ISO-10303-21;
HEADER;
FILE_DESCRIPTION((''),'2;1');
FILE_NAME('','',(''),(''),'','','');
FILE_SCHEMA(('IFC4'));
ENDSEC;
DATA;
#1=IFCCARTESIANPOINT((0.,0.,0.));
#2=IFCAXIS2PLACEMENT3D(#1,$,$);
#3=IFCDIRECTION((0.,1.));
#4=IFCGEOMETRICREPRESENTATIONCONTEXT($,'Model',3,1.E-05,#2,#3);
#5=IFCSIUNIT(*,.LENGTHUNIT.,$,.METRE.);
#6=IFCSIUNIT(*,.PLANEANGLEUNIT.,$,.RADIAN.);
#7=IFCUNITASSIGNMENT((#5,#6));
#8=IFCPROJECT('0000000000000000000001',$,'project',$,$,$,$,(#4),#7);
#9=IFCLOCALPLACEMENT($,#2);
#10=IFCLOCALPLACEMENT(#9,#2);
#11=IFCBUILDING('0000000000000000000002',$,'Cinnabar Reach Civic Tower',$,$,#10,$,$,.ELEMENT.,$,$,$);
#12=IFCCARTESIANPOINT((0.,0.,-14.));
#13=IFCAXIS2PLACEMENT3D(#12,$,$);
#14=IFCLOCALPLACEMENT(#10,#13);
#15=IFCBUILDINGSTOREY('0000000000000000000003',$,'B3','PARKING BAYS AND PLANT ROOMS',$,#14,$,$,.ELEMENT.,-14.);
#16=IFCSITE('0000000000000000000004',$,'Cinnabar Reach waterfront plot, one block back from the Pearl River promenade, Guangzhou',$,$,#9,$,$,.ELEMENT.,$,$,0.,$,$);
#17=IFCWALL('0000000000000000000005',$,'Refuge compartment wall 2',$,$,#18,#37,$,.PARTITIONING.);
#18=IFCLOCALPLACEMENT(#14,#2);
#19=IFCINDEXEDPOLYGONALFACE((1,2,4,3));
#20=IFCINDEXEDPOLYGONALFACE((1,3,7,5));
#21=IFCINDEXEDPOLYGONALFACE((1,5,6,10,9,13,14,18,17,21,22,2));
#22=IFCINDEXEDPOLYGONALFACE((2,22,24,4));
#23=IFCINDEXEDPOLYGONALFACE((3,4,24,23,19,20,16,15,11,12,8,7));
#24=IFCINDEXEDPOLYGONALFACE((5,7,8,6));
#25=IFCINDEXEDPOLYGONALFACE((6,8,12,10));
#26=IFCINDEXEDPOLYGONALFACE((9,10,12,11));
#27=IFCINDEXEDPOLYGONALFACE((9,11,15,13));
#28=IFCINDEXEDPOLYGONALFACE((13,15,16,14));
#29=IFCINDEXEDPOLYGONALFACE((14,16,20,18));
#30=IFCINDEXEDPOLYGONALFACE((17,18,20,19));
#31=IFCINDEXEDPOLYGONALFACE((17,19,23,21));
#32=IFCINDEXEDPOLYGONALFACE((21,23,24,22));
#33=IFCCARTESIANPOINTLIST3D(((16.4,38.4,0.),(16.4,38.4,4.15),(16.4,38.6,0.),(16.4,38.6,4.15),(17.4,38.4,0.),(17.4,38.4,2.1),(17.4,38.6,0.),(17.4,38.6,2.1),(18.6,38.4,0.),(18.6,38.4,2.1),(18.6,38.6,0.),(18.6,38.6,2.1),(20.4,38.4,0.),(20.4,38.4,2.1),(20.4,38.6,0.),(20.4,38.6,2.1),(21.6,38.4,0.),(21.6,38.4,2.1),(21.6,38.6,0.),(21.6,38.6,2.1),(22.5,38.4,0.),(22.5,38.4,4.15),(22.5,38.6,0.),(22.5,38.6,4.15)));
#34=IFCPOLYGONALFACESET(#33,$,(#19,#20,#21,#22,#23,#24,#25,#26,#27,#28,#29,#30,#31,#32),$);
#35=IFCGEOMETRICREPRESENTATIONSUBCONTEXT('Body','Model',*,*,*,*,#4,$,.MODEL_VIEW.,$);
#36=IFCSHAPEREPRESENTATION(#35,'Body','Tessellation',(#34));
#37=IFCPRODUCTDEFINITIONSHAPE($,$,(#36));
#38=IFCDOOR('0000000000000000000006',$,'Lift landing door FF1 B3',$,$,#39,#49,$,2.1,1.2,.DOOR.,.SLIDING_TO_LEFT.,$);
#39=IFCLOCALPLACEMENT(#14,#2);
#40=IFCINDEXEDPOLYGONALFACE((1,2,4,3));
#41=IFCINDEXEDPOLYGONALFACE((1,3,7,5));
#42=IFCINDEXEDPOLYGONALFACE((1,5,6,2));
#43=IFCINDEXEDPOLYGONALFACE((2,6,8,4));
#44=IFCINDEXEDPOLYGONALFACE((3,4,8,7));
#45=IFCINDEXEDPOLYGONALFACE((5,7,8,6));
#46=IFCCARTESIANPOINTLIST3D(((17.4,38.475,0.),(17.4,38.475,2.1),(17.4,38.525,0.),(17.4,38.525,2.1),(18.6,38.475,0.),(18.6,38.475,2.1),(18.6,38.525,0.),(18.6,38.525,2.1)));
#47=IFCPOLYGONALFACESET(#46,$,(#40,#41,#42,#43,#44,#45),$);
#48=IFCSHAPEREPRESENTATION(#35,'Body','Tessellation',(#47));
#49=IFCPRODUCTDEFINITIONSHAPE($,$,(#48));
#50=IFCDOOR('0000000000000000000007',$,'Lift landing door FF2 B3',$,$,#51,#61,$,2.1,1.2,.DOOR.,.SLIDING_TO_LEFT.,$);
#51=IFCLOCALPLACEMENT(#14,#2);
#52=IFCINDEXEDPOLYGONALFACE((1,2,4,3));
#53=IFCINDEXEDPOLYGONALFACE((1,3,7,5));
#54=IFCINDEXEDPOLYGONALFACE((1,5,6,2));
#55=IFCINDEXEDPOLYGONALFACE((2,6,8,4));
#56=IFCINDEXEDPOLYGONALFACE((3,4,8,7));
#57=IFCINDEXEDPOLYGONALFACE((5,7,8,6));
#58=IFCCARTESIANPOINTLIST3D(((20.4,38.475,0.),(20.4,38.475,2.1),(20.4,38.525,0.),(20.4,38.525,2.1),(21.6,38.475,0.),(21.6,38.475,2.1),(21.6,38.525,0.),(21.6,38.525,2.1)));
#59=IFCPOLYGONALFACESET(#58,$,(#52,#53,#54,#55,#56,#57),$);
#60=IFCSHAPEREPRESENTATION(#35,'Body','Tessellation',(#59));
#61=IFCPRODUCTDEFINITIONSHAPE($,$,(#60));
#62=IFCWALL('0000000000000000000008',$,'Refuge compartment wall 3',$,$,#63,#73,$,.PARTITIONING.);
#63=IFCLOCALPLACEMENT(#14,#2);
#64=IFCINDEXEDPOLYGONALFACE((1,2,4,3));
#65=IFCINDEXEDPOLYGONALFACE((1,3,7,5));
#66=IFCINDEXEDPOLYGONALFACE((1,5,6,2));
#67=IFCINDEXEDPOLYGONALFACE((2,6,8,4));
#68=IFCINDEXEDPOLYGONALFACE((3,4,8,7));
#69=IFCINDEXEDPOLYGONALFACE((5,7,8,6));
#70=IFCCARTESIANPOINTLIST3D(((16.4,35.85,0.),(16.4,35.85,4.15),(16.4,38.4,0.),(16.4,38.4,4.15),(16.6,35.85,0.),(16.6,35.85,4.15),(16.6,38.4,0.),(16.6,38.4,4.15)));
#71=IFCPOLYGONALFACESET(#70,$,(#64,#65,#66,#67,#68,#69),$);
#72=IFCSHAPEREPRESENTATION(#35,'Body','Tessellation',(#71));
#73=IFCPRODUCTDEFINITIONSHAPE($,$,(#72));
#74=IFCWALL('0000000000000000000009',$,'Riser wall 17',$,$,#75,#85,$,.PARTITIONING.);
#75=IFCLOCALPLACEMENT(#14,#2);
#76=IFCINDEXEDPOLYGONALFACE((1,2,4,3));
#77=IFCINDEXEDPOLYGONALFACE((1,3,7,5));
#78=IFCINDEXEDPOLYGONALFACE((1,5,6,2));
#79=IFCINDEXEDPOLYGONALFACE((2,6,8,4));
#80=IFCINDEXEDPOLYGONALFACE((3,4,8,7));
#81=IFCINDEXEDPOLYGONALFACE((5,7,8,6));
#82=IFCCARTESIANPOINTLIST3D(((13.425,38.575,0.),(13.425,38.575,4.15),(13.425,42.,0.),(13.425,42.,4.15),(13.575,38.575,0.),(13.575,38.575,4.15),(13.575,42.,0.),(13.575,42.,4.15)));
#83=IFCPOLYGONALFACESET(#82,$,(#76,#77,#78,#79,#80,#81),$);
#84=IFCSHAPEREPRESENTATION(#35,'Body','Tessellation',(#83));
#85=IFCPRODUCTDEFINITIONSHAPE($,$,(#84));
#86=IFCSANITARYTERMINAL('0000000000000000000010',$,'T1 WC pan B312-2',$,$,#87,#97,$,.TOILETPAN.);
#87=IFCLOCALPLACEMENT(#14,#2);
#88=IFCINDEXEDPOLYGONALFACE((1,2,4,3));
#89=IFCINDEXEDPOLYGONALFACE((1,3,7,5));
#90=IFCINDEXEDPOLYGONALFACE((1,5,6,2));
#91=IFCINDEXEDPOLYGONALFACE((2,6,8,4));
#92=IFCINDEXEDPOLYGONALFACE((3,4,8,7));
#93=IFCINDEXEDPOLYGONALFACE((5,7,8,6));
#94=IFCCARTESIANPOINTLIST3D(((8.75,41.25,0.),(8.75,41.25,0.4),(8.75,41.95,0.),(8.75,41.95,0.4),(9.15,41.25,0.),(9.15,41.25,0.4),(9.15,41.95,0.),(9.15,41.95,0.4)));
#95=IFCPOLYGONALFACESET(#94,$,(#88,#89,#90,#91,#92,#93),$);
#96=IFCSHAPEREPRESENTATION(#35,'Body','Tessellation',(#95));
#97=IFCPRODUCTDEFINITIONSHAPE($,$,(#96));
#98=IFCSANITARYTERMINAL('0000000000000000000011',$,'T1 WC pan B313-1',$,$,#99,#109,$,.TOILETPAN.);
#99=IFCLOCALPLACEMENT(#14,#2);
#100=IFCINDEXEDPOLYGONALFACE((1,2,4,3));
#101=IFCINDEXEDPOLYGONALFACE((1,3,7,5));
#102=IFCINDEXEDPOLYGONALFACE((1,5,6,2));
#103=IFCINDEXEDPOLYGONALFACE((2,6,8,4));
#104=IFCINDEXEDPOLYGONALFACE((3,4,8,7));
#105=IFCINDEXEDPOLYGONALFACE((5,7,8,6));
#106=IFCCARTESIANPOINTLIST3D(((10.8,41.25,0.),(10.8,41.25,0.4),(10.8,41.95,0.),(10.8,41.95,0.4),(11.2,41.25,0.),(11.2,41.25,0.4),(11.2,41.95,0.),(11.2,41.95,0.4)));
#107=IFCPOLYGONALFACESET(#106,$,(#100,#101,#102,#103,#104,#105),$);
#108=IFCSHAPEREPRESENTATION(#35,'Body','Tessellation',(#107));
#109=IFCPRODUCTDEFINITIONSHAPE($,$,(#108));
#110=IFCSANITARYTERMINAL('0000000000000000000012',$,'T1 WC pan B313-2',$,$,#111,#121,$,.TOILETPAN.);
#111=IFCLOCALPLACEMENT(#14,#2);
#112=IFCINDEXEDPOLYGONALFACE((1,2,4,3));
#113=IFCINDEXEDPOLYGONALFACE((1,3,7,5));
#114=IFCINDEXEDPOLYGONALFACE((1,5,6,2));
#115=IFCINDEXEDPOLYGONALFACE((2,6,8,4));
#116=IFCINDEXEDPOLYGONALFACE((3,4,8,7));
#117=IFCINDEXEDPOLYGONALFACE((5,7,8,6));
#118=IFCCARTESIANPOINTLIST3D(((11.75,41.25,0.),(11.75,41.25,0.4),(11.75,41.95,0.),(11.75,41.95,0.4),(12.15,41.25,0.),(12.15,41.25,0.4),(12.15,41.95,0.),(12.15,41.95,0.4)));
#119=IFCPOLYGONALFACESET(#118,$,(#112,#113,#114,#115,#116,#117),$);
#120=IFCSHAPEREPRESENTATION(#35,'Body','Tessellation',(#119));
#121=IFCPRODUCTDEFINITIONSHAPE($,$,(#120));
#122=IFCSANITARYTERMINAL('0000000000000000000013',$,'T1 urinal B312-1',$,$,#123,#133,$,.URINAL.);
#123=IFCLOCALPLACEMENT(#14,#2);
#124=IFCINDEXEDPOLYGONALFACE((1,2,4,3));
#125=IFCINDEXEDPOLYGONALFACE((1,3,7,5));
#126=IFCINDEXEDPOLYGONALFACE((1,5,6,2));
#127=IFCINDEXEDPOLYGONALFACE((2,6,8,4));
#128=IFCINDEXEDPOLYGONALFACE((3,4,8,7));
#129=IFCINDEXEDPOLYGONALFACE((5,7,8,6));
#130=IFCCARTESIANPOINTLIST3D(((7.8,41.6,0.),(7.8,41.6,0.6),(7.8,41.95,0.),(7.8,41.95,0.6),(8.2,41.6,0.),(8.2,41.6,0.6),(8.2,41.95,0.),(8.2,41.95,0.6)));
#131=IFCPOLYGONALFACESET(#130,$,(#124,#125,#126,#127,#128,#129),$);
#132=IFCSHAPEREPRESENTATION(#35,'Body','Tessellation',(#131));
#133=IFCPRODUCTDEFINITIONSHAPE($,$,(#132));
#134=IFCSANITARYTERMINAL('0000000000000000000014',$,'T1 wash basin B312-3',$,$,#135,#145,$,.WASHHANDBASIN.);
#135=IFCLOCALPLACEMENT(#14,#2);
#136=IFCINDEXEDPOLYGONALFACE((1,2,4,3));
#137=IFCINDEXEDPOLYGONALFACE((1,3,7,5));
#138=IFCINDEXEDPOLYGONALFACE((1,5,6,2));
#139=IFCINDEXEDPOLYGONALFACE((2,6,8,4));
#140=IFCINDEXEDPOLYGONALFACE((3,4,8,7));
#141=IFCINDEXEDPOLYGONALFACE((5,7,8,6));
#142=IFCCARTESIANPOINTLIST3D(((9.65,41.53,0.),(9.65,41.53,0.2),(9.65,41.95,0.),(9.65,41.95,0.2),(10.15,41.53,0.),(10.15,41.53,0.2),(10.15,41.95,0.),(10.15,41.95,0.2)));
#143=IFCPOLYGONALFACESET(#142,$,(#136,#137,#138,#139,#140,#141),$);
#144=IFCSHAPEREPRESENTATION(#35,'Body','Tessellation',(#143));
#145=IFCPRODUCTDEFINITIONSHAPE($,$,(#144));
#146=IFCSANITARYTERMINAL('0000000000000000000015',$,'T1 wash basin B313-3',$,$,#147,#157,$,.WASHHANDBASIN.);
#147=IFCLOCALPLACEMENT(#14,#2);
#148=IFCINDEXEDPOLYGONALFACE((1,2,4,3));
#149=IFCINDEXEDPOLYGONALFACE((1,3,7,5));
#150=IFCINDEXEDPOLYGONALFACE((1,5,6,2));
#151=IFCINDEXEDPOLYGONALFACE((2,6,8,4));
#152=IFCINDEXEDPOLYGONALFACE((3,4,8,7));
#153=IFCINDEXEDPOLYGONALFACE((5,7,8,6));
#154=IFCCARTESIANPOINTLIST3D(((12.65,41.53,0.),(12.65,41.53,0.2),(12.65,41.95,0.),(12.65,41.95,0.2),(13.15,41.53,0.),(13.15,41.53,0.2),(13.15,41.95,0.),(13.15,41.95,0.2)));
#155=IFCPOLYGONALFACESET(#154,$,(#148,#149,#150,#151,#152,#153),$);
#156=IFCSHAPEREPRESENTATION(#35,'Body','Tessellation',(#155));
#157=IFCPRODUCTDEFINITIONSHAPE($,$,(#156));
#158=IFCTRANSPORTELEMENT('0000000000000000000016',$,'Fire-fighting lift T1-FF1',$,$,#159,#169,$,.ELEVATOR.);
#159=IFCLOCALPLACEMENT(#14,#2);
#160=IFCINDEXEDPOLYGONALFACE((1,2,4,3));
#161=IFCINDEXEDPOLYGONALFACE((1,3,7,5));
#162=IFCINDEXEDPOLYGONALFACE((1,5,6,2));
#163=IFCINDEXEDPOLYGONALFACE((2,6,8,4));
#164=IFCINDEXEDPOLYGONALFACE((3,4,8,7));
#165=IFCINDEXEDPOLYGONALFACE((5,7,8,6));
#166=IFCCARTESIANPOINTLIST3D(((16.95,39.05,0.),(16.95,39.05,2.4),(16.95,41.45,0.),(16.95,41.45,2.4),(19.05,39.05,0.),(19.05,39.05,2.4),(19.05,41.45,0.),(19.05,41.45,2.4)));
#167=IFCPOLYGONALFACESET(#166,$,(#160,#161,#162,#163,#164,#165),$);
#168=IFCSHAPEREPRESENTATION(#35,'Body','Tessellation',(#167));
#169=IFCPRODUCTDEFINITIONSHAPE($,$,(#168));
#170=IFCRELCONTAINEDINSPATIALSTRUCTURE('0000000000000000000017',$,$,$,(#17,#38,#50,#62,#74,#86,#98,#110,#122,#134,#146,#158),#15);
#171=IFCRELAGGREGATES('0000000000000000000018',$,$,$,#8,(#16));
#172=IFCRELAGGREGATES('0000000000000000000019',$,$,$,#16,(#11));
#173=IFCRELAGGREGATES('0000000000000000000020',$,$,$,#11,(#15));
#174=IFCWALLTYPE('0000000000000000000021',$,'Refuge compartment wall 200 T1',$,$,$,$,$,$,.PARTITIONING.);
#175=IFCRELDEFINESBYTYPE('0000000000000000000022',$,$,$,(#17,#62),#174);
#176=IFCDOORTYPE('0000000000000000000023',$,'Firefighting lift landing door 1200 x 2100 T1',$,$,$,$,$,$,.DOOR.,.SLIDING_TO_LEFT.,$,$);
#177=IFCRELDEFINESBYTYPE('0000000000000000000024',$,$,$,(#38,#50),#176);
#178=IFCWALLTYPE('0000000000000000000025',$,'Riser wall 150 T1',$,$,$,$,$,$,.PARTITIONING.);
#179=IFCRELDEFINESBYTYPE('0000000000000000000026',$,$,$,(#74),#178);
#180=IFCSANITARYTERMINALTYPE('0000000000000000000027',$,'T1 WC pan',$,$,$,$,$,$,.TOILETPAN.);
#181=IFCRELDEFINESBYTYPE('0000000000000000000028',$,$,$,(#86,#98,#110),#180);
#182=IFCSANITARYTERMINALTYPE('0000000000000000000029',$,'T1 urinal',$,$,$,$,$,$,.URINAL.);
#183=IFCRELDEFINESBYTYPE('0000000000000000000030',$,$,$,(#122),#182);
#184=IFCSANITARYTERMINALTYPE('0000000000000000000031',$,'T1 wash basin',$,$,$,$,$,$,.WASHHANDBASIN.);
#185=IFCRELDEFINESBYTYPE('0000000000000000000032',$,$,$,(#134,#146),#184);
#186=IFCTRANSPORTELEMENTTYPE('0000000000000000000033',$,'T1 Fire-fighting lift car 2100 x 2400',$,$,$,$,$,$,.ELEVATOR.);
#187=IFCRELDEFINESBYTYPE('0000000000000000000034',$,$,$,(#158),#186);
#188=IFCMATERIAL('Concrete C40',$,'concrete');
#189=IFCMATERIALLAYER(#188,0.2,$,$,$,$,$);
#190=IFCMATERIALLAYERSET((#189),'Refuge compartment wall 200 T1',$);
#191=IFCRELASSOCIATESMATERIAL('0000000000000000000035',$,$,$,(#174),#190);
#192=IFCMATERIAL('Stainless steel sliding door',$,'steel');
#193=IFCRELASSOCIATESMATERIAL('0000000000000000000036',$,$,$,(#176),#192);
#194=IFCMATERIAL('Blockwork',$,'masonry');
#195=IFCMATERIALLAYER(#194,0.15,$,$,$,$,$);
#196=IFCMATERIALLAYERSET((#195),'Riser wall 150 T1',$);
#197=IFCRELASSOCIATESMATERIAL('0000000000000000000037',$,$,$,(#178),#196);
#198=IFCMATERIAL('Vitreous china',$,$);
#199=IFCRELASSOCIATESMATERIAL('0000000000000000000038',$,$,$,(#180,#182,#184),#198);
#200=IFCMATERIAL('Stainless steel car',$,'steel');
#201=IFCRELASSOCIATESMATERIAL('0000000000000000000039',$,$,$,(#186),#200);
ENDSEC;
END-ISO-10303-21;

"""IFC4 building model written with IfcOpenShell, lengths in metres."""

from ifc_helpers import new_model, si_unit, direction, frame, frame_2d, origin, origin_2d, place, context, subcontext, project, spatial, rectangle, extrude, material, layer, layer_set, type_object, element, fill, save


model = new_model("IFC4")

# Units and contexts
model_context = context("Model", 3, precision=1e-05, world=origin(), true_north=direction((0.0, 1.0)))
body_context = subcontext(model_context, "Body", "Model", "MODEL_VIEW")
ifc_project = project(units=[si_unit("LENGTHUNIT", "METRE"), si_unit("PLANEANGLEUNIT", "RADIAN")], contexts=[model_context])

# Site, building, storey
site_placement = place(None, origin())
site = spatial("IfcSite", under=ifc_project, at=site_placement, Name="Cinnabar Reach waterfront plot, one block back from the Pearl River promenade, Guangzhou", CompositionType="ELEMENT", RefElevation=0.0)
building_placement = place(site_placement, origin())
building = spatial("IfcBuilding", under=site, at=building_placement, Name="Cinnabar Reach Civic Tower", CompositionType="ELEMENT")
storey_placement = place(building_placement, frame((0.0, 0.0, -14.0)))
storey = spatial("IfcBuildingStorey", under=building, at=storey_placement, Name="B3", Description="PARKING BAYS AND PLANT ROOMS", CompositionType="ELEMENT", Elevation=-14.0)

# Shared definitions
ifc_material_1 = material(Name="Concrete C40", Category="concrete")

# Shared definitions
ifc_material_2 = material(Name="Blockwork", Category="masonry")
ifc_layer_1 = layer(ifc_material_1, 0.2)
ifc_layer_set_1 = layer_set([ifc_layer_1], Name="Refuge compartment wall 200 T1")
wall_type_1 = type_object("IfcWallType", Name="Refuge compartment wall 200 T1", PredefinedType="PARTITIONING", material=ifc_layer_set_1)

# Wall, openings, doors
wall_1_placement = place(storey_placement, frame((16.4, 38.5, 0.0), z_axis=(0.0, 0.0, 1.0), x_axis=(1.0, 0.0, 0.0)))
wall_1 = element("IfcWall", 1, at=wall_1_placement, inside=storey, type_object=wall_type_1, Name="Refuge compartment wall 2", PredefinedType="PARTITIONING", context=body_context, shape_type="SweptSolid", body=[
    extrude(rectangle(XDim=6.1, YDim=0.2, at=frame_2d((3.05, 0.0))), origin(), (0.0, 0.0, 1.0), 4.15),
])
opening_1_placement = place(wall_1_placement, frame((1.0, 0.0, 0.0)))
opening_1 = element("IfcOpeningElement", 2, at=opening_1_placement, cuts=wall_1, PredefinedType="OPENING", context=body_context, shape_type="SweptSolid", body=[
    extrude(rectangle(XDim=1.2, YDim=2.1, at=frame_2d((0.6, 1.05))), frame((0.0, 0.11, 0.0), z_axis=(0.0, -1.0, 0.0), x_axis=(1.0, 0.0, 0.0)), (0.0, 0.0, 1.0), 0.22),
])
opening_2_placement = place(wall_1_placement, frame((4.0, 0.0, 0.0)))
opening_2 = element("IfcOpeningElement", 3, at=opening_2_placement, cuts=wall_1, PredefinedType="OPENING", context=body_context, shape_type="SweptSolid", body=[
    extrude(rectangle(XDim=1.2, YDim=2.1, at=frame_2d((0.6, 1.05))), frame((0.0, 0.11, 0.0), z_axis=(0.0, -1.0, 0.0), x_axis=(1.0, 0.0, 0.0)), (0.0, 0.0, 1.0), 0.22),
])
ifc_material_3 = material(Name="Stainless steel sliding door", Category="steel")
door_type = type_object("IfcDoorType", Name="Firefighting lift landing door 1200 x 2100 T1", OperationType="SLIDING_TO_LEFT", PredefinedType="DOOR", material=ifc_material_3)
door_1_placement = place(opening_1_placement, origin())
door_1 = element("IfcDoor", 4, at=door_1_placement, inside=storey, type_object=door_type, Name="Lift landing door FF1 B3", OperationType="SLIDING_TO_LEFT", OverallHeight=2.1, OverallWidth=1.2, PredefinedType="DOOR", context=body_context, shape_type="SweptSolid", body=[
    extrude(rectangle(XDim=1.2, YDim=2.1, at=frame_2d((0.6, 1.05))), frame((0.0, 0.025, 0.0), z_axis=(0.0, -1.0, 0.0), x_axis=(1.0, 0.0, 0.0)), (0.0, 0.0, 1.0), 0.05),
])
fill(opening_1, door_1)
door_2_placement = place(opening_2_placement, origin())
door_2 = element("IfcDoor", 5, at=door_2_placement, inside=storey, type_object=door_type, Name="Lift landing door FF2 B3", OperationType="SLIDING_TO_LEFT", OverallHeight=2.1, OverallWidth=1.2, PredefinedType="DOOR", context=body_context, shape_type="SweptSolid", body=[
    extrude(rectangle(XDim=1.2, YDim=2.1, at=frame_2d((0.6, 1.05))), frame((0.0, 0.025, 0.0), z_axis=(0.0, -1.0, 0.0), x_axis=(1.0, 0.0, 0.0)), (0.0, 0.0, 1.0), 0.05),
])
fill(opening_2, door_2)

# Walls
wall_2_placement = place(storey_placement, frame((16.5, 35.85, 0.0), z_axis=(0.0, 0.0, 1.0), x_axis=(0.0, 1.0, 0.0)))
element("IfcWall", 6, at=wall_2_placement, inside=storey, type_object=wall_type_1, Name="Refuge compartment wall 3", PredefinedType="PARTITIONING", context=body_context, shape_type="SweptSolid", body=[
    extrude(rectangle(XDim=2.55, YDim=0.2, at=frame_2d((1.275, 0.0))), origin(), (0.0, 0.0, 1.0), 4.15),
])
ifc_layer_2 = layer(ifc_material_2, 0.15)
ifc_layer_set_2 = layer_set([ifc_layer_2], Name="Riser wall 150 T1")
wall_type_2 = type_object("IfcWallType", Name="Riser wall 150 T1", PredefinedType="PARTITIONING", material=ifc_layer_set_2)
wall_3_placement = place(storey_placement, frame((13.5, 38.575, 0.0), z_axis=(0.0, 0.0, 1.0), x_axis=(0.0, 1.0, 0.0)))
element("IfcWall", 7, at=wall_3_placement, inside=storey, type_object=wall_type_2, Name="Riser wall 17", PredefinedType="PARTITIONING", context=body_context, shape_type="SweptSolid", body=[
    extrude(rectangle(XDim=3.425, YDim=0.15, at=frame_2d((1.7125, 0.0))), origin(), (0.0, 0.0, 1.0), 4.15),
])

# Sanitary terminals
ifc_material_4 = material(Name="Vitreous china")
sanitary_terminal_type_1 = type_object("IfcSanitaryTerminalType", Name="T1 WC pan", PredefinedType="TOILETPAN", material=ifc_material_4)
for number, where, z_axis, x_axis, name in (
    (8, (8.95, 41.6, 0.0), (0.0, 0.0, 1.0), (1.0, 0.0, 0.0), "T1 WC pan B312-2"),
    (9, (11.0, 41.6, 0.0), (0.0, 0.0, 1.0), (1.0, 0.0, 0.0), "T1 WC pan B313-1"),
    (10, (11.95, 41.6, 0.0), (0.0, 0.0, 1.0), (1.0, 0.0, 0.0), "T1 WC pan B313-2"),
):
    element("IfcSanitaryTerminal", number, at=place(storey_placement, frame(where, z_axis=z_axis, x_axis=x_axis)), inside=storey, type_object=sanitary_terminal_type_1, Name=name, PredefinedType="TOILETPAN", context=body_context, shape_type="SweptSolid", body=[
        extrude(rectangle(XDim=0.4, YDim=0.7, at=origin_2d()), origin(), (0.0, 0.0, 1.0), 0.4),
    ])
sanitary_terminal_type_2 = type_object("IfcSanitaryTerminalType", Name="T1 urinal", PredefinedType="URINAL", material=ifc_material_4)
sanitary_terminal_placement = place(storey_placement, frame((8.0, 41.775, 0.0), z_axis=(0.0, 0.0, 1.0), x_axis=(1.0, 0.0, 0.0)))
element("IfcSanitaryTerminal", 11, at=sanitary_terminal_placement, inside=storey, type_object=sanitary_terminal_type_2, Name="T1 urinal B312-1", PredefinedType="URINAL", context=body_context, shape_type="SweptSolid", body=[
    extrude(rectangle(XDim=0.4, YDim=0.35, at=origin_2d()), origin(), (0.0, 0.0, 1.0), 0.6),
])
sanitary_terminal_type_3 = type_object("IfcSanitaryTerminalType", Name="T1 wash basin", PredefinedType="WASHHANDBASIN", material=ifc_material_4)
for number, where, z_axis, x_axis, name in (
    (12, (9.9, 41.74, 0.0), (0.0, 0.0, 1.0), (1.0, 0.0, 0.0), "T1 wash basin B312-3"),
    (13, (12.9, 41.74, 0.0), (0.0, 0.0, 1.0), (1.0, 0.0, 0.0), "T1 wash basin B313-3"),
):
    element("IfcSanitaryTerminal", number, at=place(storey_placement, frame(where, z_axis=z_axis, x_axis=x_axis)), inside=storey, type_object=sanitary_terminal_type_3, Name=name, PredefinedType="WASHHANDBASIN", context=body_context, shape_type="SweptSolid", body=[
        extrude(rectangle(XDim=0.5, YDim=0.42, at=origin_2d()), origin(), (0.0, 0.0, 1.0), 0.2),
    ])

# Transport element
ifc_material_5 = material(Name="Stainless steel car", Category="steel")
transport_element_type = type_object("IfcTransportElementType", Name="T1 Fire-fighting lift car 2100 x 2400", PredefinedType="ELEVATOR", material=ifc_material_5)
transport_element_placement = place(storey_placement, frame((18.0, 40.25, 0.0), z_axis=(0.0, 0.0, 1.0), x_axis=(1.0, 0.0, 0.0)))
element("IfcTransportElement", 14, at=transport_element_placement, inside=storey, type_object=transport_element_type, Name="Fire-fighting lift T1-FF1", PredefinedType="ELEVATOR", context=body_context, shape_type="SweptSolid", body=[
    extrude(rectangle(XDim=2.1, YDim=2.4, at=origin_2d()), origin(), (0.0, 0.0, 1.0), 2.4),
])

save(model, "model.ifc")
